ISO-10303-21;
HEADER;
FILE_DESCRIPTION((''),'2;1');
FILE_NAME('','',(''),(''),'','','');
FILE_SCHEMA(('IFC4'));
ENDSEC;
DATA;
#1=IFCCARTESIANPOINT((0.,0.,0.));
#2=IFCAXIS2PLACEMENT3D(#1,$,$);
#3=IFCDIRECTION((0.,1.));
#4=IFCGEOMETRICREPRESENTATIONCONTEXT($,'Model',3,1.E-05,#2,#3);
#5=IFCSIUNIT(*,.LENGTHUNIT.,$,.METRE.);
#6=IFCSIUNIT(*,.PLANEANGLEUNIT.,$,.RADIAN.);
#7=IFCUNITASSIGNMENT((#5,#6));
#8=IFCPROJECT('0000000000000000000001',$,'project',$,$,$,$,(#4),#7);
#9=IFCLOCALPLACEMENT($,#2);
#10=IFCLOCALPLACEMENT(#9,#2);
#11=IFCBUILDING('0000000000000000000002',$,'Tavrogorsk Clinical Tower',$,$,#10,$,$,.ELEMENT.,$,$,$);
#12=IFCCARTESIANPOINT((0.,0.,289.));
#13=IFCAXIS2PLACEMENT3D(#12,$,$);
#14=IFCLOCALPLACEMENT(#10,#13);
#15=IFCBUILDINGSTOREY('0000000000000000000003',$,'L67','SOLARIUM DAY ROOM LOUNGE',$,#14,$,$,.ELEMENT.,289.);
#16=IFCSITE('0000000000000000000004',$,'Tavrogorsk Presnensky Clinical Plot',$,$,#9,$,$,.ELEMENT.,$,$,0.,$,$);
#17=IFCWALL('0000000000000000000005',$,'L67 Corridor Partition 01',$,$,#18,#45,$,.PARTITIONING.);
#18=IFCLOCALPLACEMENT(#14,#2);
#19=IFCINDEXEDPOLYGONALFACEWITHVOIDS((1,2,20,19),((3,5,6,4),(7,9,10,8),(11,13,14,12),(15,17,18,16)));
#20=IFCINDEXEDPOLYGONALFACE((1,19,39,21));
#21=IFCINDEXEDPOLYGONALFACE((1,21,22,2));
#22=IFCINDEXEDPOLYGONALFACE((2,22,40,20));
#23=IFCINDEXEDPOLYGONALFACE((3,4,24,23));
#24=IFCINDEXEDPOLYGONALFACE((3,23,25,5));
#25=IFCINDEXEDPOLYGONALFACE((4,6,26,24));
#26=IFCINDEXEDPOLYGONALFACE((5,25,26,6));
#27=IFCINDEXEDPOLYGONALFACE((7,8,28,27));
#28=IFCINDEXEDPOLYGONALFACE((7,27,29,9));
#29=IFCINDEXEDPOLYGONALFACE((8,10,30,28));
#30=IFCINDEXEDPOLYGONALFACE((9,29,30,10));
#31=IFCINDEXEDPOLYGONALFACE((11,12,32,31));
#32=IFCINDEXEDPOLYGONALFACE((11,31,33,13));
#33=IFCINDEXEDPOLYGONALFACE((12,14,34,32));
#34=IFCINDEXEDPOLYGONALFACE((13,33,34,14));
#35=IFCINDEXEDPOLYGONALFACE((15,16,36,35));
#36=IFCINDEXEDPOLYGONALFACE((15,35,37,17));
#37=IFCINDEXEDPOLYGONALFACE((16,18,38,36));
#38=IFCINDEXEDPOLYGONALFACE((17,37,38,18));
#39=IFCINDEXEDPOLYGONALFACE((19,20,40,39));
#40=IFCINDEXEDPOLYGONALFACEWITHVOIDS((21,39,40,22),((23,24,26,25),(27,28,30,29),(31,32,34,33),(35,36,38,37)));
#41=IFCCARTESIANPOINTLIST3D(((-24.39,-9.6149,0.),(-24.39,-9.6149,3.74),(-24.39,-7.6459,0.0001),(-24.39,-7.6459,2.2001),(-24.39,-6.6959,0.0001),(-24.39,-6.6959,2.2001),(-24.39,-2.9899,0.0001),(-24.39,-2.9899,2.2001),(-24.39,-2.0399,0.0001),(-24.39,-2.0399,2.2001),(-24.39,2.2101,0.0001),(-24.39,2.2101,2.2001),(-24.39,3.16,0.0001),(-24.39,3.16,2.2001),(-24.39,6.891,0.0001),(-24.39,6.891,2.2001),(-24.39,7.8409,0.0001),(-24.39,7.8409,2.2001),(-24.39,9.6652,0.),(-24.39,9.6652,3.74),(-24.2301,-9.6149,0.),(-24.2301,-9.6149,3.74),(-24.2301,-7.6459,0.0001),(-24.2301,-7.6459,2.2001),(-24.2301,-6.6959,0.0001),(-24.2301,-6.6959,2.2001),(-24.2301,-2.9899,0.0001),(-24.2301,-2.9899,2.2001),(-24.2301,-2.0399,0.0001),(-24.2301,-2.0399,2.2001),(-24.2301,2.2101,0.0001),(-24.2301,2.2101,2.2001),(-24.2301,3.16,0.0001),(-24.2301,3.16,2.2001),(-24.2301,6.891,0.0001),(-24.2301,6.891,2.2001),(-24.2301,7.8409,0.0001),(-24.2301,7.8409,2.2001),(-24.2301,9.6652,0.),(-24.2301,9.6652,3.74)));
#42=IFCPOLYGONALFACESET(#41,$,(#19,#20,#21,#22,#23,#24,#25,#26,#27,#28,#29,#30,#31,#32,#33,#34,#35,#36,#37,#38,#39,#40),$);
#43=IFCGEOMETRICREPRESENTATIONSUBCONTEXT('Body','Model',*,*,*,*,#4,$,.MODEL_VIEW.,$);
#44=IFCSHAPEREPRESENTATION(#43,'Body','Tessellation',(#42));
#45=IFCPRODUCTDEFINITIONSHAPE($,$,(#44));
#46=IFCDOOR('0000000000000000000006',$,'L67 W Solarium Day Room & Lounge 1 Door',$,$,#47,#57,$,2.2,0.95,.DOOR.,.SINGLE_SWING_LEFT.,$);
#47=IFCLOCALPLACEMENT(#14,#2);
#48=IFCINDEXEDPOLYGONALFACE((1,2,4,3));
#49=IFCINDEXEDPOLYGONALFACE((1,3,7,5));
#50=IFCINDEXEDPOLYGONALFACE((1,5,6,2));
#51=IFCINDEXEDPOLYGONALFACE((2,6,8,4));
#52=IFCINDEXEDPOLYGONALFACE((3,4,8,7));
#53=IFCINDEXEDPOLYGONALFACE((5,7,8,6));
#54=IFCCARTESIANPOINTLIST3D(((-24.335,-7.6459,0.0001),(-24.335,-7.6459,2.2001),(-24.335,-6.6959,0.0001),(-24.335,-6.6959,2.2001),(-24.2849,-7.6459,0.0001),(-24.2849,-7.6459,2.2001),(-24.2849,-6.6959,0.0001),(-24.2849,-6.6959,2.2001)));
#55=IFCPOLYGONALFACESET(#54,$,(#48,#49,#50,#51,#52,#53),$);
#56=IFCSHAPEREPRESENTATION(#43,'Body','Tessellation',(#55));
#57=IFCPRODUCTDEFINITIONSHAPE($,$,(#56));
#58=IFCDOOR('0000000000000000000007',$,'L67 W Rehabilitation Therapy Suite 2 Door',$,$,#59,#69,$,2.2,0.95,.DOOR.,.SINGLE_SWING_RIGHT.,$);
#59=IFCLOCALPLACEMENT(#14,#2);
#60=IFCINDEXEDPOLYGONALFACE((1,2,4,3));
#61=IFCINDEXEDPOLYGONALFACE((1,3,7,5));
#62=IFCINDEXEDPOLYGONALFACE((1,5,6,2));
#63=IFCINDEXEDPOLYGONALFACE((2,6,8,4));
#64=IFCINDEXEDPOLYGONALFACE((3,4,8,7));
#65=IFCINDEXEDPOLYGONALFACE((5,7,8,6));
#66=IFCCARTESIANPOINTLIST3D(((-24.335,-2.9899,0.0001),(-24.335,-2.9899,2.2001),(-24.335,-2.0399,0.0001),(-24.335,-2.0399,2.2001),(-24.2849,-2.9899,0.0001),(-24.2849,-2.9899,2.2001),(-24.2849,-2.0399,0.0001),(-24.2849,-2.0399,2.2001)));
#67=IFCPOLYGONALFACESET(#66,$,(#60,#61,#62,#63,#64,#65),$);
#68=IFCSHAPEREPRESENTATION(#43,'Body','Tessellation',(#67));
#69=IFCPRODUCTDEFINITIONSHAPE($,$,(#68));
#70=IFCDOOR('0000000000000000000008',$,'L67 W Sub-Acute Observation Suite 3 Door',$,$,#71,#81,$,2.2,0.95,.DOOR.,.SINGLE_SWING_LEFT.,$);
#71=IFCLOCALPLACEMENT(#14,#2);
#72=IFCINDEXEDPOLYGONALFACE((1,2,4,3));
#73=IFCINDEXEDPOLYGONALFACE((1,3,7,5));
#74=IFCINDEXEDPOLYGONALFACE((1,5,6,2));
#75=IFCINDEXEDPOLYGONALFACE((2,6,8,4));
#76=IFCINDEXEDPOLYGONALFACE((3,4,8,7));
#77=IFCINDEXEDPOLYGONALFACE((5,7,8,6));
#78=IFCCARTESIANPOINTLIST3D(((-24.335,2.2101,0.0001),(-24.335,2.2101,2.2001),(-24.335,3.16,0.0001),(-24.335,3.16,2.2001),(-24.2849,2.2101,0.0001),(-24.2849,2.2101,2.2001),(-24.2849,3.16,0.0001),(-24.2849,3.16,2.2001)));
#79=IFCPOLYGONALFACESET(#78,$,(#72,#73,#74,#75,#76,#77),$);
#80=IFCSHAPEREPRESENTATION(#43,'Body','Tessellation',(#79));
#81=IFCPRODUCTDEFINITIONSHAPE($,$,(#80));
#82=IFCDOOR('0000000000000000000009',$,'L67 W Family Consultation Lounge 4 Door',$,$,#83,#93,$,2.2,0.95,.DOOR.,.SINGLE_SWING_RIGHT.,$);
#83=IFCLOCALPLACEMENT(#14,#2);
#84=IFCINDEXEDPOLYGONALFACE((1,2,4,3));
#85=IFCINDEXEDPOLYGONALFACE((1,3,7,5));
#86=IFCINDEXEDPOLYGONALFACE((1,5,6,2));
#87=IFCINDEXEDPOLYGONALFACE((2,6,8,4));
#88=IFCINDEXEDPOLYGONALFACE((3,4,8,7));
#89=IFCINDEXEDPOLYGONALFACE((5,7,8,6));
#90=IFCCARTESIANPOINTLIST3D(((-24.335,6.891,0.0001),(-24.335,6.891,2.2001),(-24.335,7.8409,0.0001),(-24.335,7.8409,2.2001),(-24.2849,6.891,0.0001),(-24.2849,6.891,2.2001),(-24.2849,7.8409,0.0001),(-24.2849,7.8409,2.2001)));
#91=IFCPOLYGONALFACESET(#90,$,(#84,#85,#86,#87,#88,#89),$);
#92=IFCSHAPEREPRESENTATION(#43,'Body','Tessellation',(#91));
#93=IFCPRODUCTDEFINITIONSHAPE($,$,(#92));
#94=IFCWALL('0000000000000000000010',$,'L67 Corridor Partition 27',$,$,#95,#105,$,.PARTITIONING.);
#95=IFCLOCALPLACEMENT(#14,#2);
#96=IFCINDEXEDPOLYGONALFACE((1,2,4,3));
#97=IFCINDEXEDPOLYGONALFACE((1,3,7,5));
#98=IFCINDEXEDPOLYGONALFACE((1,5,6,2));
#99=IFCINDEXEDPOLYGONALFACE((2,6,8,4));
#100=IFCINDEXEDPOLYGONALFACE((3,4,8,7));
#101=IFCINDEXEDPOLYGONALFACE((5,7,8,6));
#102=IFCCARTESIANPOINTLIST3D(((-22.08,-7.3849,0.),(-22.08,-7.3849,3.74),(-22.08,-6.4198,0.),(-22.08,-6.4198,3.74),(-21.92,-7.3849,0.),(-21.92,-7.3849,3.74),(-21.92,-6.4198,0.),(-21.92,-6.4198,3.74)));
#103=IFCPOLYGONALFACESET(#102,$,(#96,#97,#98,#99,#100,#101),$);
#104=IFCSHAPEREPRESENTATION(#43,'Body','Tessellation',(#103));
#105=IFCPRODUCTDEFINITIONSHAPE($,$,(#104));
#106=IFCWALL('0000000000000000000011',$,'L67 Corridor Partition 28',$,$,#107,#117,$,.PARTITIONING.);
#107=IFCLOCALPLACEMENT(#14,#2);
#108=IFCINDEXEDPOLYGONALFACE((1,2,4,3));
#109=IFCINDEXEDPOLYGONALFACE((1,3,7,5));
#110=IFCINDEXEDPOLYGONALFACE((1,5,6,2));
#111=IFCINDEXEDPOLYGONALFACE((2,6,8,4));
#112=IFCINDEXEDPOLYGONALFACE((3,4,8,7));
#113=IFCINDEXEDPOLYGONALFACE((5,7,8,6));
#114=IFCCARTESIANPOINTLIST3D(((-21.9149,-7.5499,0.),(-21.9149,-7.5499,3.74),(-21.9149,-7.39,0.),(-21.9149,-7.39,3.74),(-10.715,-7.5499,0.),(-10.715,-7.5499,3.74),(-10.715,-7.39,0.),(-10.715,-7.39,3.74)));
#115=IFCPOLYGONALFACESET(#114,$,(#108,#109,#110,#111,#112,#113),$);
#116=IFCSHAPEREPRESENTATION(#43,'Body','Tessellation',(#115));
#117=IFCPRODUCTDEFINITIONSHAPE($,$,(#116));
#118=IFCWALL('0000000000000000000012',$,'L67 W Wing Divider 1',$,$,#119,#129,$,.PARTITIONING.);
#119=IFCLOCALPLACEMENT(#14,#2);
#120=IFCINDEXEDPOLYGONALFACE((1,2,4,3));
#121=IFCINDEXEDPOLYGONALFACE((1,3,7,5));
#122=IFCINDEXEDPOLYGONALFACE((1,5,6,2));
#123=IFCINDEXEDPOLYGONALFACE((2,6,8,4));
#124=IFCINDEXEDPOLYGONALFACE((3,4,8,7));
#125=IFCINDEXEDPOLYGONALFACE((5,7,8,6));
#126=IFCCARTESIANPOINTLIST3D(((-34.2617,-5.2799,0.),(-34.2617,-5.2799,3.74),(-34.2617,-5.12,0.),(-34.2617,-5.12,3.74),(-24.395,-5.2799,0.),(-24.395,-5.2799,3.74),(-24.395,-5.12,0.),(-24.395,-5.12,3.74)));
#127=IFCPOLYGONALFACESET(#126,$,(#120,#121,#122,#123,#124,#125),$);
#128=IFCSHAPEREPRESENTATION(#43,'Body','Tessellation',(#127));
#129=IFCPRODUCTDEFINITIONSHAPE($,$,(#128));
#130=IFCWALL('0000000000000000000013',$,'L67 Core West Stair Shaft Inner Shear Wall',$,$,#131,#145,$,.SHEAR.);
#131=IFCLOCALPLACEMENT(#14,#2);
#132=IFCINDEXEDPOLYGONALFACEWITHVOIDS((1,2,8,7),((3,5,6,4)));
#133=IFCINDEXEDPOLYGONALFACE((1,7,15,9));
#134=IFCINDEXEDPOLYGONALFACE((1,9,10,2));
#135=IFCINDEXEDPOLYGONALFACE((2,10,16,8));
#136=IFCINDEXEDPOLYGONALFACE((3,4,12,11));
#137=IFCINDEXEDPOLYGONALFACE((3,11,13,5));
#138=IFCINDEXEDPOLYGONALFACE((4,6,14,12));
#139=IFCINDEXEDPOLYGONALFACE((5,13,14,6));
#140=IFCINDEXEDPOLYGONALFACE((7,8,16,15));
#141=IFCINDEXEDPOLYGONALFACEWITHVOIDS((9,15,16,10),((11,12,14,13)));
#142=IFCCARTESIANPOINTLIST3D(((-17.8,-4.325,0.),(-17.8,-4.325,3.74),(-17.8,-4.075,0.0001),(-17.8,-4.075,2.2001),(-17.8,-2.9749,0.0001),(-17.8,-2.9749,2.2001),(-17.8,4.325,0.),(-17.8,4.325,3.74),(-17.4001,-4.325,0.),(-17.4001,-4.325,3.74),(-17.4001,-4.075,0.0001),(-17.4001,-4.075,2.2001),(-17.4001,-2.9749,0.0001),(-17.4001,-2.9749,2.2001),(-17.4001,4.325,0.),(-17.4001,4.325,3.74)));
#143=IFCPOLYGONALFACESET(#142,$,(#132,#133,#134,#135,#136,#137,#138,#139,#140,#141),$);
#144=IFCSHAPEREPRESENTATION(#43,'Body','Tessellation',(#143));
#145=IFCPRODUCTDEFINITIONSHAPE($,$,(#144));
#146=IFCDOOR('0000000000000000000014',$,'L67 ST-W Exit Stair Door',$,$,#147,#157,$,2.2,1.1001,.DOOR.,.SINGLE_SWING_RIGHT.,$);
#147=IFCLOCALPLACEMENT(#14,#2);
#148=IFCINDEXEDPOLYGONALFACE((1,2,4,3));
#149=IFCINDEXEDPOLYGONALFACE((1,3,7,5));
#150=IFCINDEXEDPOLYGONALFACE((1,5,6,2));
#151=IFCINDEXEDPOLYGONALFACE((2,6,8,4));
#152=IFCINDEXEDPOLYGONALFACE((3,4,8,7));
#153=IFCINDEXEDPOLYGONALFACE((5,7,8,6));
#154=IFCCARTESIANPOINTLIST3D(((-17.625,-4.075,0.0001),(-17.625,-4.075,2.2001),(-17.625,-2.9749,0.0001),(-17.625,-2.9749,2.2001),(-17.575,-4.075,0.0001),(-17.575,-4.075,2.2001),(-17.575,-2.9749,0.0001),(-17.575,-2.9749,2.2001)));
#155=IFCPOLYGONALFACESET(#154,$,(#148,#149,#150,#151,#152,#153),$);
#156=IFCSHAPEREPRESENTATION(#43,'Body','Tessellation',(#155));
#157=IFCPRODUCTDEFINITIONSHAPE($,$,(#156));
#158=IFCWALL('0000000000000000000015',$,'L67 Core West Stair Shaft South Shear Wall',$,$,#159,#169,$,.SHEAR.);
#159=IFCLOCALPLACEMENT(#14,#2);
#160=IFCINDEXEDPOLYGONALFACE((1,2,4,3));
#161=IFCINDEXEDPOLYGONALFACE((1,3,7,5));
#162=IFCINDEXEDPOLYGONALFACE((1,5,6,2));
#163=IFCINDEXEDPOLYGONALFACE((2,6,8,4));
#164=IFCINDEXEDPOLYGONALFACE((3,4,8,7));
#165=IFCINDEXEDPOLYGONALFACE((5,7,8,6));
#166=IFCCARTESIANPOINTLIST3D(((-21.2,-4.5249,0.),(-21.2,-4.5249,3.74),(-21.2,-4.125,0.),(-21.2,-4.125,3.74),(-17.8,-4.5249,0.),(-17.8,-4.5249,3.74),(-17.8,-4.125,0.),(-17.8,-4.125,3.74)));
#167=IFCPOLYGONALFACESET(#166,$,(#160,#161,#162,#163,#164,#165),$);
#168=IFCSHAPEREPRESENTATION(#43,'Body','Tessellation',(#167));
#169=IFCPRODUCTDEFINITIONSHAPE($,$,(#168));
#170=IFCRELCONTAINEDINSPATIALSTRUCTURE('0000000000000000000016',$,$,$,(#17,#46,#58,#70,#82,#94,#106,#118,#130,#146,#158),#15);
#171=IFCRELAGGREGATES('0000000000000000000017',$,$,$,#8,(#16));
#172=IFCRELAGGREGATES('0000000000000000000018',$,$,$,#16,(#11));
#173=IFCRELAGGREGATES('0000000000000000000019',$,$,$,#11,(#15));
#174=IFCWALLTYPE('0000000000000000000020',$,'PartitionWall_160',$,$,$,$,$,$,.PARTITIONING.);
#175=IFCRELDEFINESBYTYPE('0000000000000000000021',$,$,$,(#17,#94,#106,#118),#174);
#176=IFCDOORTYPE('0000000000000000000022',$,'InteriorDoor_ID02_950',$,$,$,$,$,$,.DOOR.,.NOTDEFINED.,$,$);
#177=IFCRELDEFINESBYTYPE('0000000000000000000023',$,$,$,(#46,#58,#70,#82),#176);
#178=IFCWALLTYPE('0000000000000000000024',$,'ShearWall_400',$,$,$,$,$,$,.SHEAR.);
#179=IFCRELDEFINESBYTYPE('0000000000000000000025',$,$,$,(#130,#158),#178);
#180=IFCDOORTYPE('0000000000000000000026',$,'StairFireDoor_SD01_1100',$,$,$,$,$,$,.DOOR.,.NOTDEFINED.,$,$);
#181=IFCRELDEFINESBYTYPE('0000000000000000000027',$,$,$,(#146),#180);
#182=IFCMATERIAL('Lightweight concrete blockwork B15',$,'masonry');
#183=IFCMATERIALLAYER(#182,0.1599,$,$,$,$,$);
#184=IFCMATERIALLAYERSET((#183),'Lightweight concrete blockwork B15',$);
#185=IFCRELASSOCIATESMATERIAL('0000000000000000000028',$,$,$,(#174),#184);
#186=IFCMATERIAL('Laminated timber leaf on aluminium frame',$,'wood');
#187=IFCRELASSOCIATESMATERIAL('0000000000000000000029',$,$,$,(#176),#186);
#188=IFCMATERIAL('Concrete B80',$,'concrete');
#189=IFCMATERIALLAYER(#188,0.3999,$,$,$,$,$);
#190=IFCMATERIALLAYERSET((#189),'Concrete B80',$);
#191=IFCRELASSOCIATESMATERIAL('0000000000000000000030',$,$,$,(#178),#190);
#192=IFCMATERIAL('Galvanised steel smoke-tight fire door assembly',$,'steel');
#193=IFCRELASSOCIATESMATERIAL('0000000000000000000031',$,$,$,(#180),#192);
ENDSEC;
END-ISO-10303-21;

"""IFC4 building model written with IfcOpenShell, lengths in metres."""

from ifc_helpers import new_model, si_unit, direction, frame, frame_2d, origin, place, context, subcontext, project, spatial, rectangle, extrude, material, layer, layer_set, type_object, element, fill, save


model = new_model("IFC4")

# Units and contexts
model_context = context("Model", 3, precision=1e-05, world=origin(), true_north=direction((0.0, 1.0)))
body_context = subcontext(model_context, "Body", "Model", "MODEL_VIEW")
ifc_project = project(units=[si_unit("LENGTHUNIT", "METRE"), si_unit("PLANEANGLEUNIT", "RADIAN")], contexts=[model_context])

# Site, building, storey
site_placement = place(None, origin())
site = spatial("IfcSite", under=ifc_project, at=site_placement, Name="Tavrogorsk Presnensky Clinical Plot", CompositionType="ELEMENT", RefElevation=0.0)
building_placement = place(site_placement, origin())
building = spatial("IfcBuilding", under=site, at=building_placement, Name="Tavrogorsk Clinical Tower", CompositionType="ELEMENT")
storey_placement = place(building_placement, frame((0.0, 0.0, 289.0)))
storey = spatial("IfcBuildingStorey", under=building, at=storey_placement, Name="L67", Description="SOLARIUM DAY ROOM LOUNGE", CompositionType="ELEMENT", Elevation=289.0)

# Wall, openings, doors
ifc_material_1 = material(Name="Lightweight concrete blockwork B15", Category="masonry")
ifc_layer_1 = layer(ifc_material_1, 0.1599)
ifc_layer_set_1 = layer_set([ifc_layer_1], Name="Lightweight concrete blockwork B15")
wall_type_1 = type_object("IfcWallType", Name="PartitionWall_160", PredefinedType="PARTITIONING", material=ifc_layer_set_1)
wall_1_placement = place(storey_placement, frame((-24.3101, -9.615, 0.0), z_axis=(0.0, 0.0, 1.0), x_axis=(0.0, 1.0, 0.0)))
wall_1 = element("IfcWall", 1, at=wall_1_placement, inside=storey, type_object=wall_type_1, Name="L67 Corridor Partition 01", PredefinedType="PARTITIONING", context=body_context, shape_type="SweptSolid", body=[
    extrude(rectangle(XDim=19.28, YDim=0.1599, at=frame_2d((9.6401, 0.0))), origin(), (0.0, 0.0, 1.0), 3.74),
])
opening_1_placement = place(wall_1_placement, frame((1.969, 0.0, 0.0)))
opening_1 = element("IfcOpeningElement", 2, at=opening_1_placement, cuts=wall_1, PredefinedType="OPENING", context=body_context, shape_type="SweptSolid", body=[
    extrude(rectangle(XDim=0.95, YDim=2.2, at=frame_2d((0.4751, 1.1001))), frame((0.0, 0.0898, 0.0), z_axis=(0.0, -1.0, 0.0), x_axis=(1.0, 0.0, 0.0)), (0.0, 0.0, 1.0), 0.1799),
])
opening_2_placement = place(wall_1_placement, frame((6.625, 0.0, 0.0)))
opening_2 = element("IfcOpeningElement", 3, at=opening_2_placement, cuts=wall_1, PredefinedType="OPENING", context=body_context, shape_type="SweptSolid", body=[
    extrude(rectangle(XDim=0.95, YDim=2.2, at=frame_2d((0.4751, 1.1001))), frame((0.0, 0.0898, 0.0), z_axis=(0.0, -1.0, 0.0), x_axis=(1.0, 0.0, 0.0)), (0.0, 0.0, 1.0), 0.1799),
])
opening_3_placement = place(wall_1_placement, frame((11.825, 0.0, 0.0)))
opening_3 = element("IfcOpeningElement", 4, at=opening_3_placement, cuts=wall_1, PredefinedType="OPENING", context=body_context, shape_type="SweptSolid", body=[
    extrude(rectangle(XDim=0.95, YDim=2.2, at=frame_2d((0.4751, 1.1001))), frame((0.0, 0.0898, 0.0), z_axis=(0.0, -1.0, 0.0), x_axis=(1.0, 0.0, 0.0)), (0.0, 0.0, 1.0), 0.1799),
])
opening_4_placement = place(wall_1_placement, frame((16.5059, 0.0, 0.0)))
opening_4 = element("IfcOpeningElement", 5, at=opening_4_placement, cuts=wall_1, PredefinedType="OPENING", context=body_context, shape_type="SweptSolid", body=[
    extrude(rectangle(XDim=0.95, YDim=2.2, at=frame_2d((0.4751, 1.1001))), frame((0.0, 0.0898, 0.0), z_axis=(0.0, -1.0, 0.0), x_axis=(1.0, 0.0, 0.0)), (0.0, 0.0, 1.0), 0.1799),
])
ifc_material_2 = material(Name="Laminated timber leaf on aluminium frame", Category="wood")
door_type_1 = type_object("IfcDoorType", Name="InteriorDoor_ID02_950", OperationType="NOTDEFINED", PredefinedType="DOOR", material=ifc_material_2)
door_1_placement = place(opening_1_placement, origin())
door_1 = element("IfcDoor", 6, at=door_1_placement, inside=storey, type_object=door_type_1, Name="L67 W Solarium Day Room & Lounge 1 Door", OperationType="SINGLE_SWING_LEFT", OverallHeight=2.2, OverallWidth=0.95, PredefinedType="DOOR", context=body_context, shape_type="SweptSolid", body=[
    extrude(rectangle(XDim=0.95, YDim=2.2, at=frame_2d((0.4751, 1.1001))), frame((0.0, 0.0249, 0.0), z_axis=(0.0, -1.0, 0.0), x_axis=(1.0, 0.0, 0.0)), (0.0, 0.0, 1.0), 0.05),
])
fill(opening_1, door_1)
door_2_placement = place(opening_2_placement, origin())
door_2 = element("IfcDoor", 7, at=door_2_placement, inside=storey, type_object=door_type_1, Name="L67 W Rehabilitation Therapy Suite 2 Door", OperationType="SINGLE_SWING_RIGHT", OverallHeight=2.2, OverallWidth=0.95, PredefinedType="DOOR", context=body_context, shape_type="SweptSolid", body=[
    extrude(rectangle(XDim=0.95, YDim=2.2, at=frame_2d((0.4751, 1.1001))), frame((0.0, 0.0249, 0.0), z_axis=(0.0, -1.0, 0.0), x_axis=(1.0, 0.0, 0.0)), (0.0, 0.0, 1.0), 0.05),
])
fill(opening_2, door_2)
door_3_placement = place(opening_3_placement, origin())
door_3 = element("IfcDoor", 8, at=door_3_placement, inside=storey, type_object=door_type_1, Name="L67 W Sub-Acute Observation Suite 3 Door", OperationType="SINGLE_SWING_LEFT", OverallHeight=2.2, OverallWidth=0.95, PredefinedType="DOOR", context=body_context, shape_type="SweptSolid", body=[
    extrude(rectangle(XDim=0.95, YDim=2.2, at=frame_2d((0.4751, 1.1001))), frame((0.0, 0.0249, 0.0), z_axis=(0.0, -1.0, 0.0), x_axis=(1.0, 0.0, 0.0)), (0.0, 0.0, 1.0), 0.05),
])
fill(opening_3, door_3)
door_4_placement = place(opening_4_placement, origin())
door_4 = element("IfcDoor", 9, at=door_4_placement, inside=storey, type_object=door_type_1, Name="L67 W Family Consultation Lounge 4 Door", OperationType="SINGLE_SWING_RIGHT", OverallHeight=2.2, OverallWidth=0.95, PredefinedType="DOOR", context=body_context, shape_type="SweptSolid", body=[
    extrude(rectangle(XDim=0.95, YDim=2.2, at=frame_2d((0.4751, 1.1001))), frame((0.0, 0.0249, 0.0), z_axis=(0.0, -1.0, 0.0), x_axis=(1.0, 0.0, 0.0)), (0.0, 0.0, 1.0), 0.05),
])
fill(opening_4, door_4)

# Walls
wall_2_placement = place(storey_placement, frame((-22.0, -6.4199, 0.0), z_axis=(0.0, 0.0, 1.0), x_axis=(0.0, -1.0, 0.0)))
element("IfcWall", 10, at=wall_2_placement, inside=storey, type_object=wall_type_1, Name="L67 Corridor Partition 27", PredefinedType="PARTITIONING", context=body_context, shape_type="SweptSolid", body=[
    extrude(rectangle(XDim=0.9651, YDim=0.1599, at=frame_2d((0.4824, 0.0))), origin(), (0.0, 0.0, 1.0), 3.74),
])
wall_3_placement = place(storey_placement, frame((-21.915, -7.47, 0.0), z_axis=(0.0, 0.0, 1.0), x_axis=(1.0, 0.0, 0.0)))
element("IfcWall", 11, at=wall_3_placement, inside=storey, type_object=wall_type_1, Name="L67 Corridor Partition 28", PredefinedType="PARTITIONING", context=body_context, shape_type="SweptSolid", body=[
    extrude(rectangle(XDim=11.2, YDim=0.1599, at=frame_2d((5.6001, 0.0))), origin(), (0.0, 0.0, 1.0), 3.74),
])
wall_4_placement = place(storey_placement, frame((-34.2617, -5.2, 0.0), z_axis=(0.0, 0.0, 1.0), x_axis=(1.0, 0.0, 0.0)))
element("IfcWall", 12, at=wall_4_placement, inside=storey, type_object=wall_type_1, Name="L67 W Wing Divider 1", PredefinedType="PARTITIONING", context=body_context, shape_type="SweptSolid", body=[
    extrude(rectangle(XDim=9.8667, YDim=0.1599, at=frame_2d((4.9333, 0.0))), origin(), (0.0, 0.0, 1.0), 3.74),
])

# Wall, opening, door
ifc_material_3 = material(Name="Concrete B80", Category="concrete")
ifc_layer_2 = layer(ifc_material_3, 0.3999)
ifc_layer_set_2 = layer_set([ifc_layer_2], Name="Concrete B80")
wall_type_2 = type_object("IfcWallType", Name="ShearWall_400", PredefinedType="SHEAR", material=ifc_layer_set_2)
wall_5_placement = place(storey_placement, frame((-17.6001, -4.325, 0.0), z_axis=(0.0, 0.0, 1.0), x_axis=(0.0, 1.0, 0.0)))
wall_5 = element("IfcWall", 13, at=wall_5_placement, inside=storey, type_object=wall_type_2, Name="L67 Core West Stair Shaft Inner Shear Wall", PredefinedType="SHEAR", context=body_context, shape_type="SweptSolid", body=[
    extrude(rectangle(XDim=8.6499, YDim=0.3999, at=frame_2d((4.325, 0.0))), origin(), (0.0, 0.0, 1.0), 3.74),
])
opening_5_placement = place(wall_5_placement, frame((0.25, 0.0, 0.0)))
opening_5 = element("IfcOpeningElement", 14, at=opening_5_placement, cuts=wall_5, PredefinedType="OPENING", context=body_context, shape_type="SweptSolid", body=[
    extrude(rectangle(XDim=1.1001, YDim=2.2, at=frame_2d((0.55, 1.1001))), frame((0.0, 0.21, 0.0), z_axis=(0.0, -1.0, 0.0), x_axis=(1.0, 0.0, 0.0)), (0.0, 0.0, 1.0), 0.4199),
])
ifc_material_4 = material(Name="Galvanised steel smoke-tight fire door assembly", Category="steel")
door_type_2 = type_object("IfcDoorType", Name="StairFireDoor_SD01_1100", OperationType="NOTDEFINED", PredefinedType="DOOR", material=ifc_material_4)
door_5_placement = place(opening_5_placement, origin())
door_5 = element("IfcDoor", 15, at=door_5_placement, inside=storey, type_object=door_type_2, Name="L67 ST-W Exit Stair Door", OperationType="SINGLE_SWING_RIGHT", OverallHeight=2.2, OverallWidth=1.1001, PredefinedType="DOOR", context=body_context, shape_type="SweptSolid", body=[
    extrude(rectangle(XDim=1.1001, YDim=2.2, at=frame_2d((0.55, 1.1001))), frame((0.0, 0.0249, 0.0), z_axis=(0.0, -1.0, 0.0), x_axis=(1.0, 0.0, 0.0)), (0.0, 0.0, 1.0), 0.05),
])
fill(opening_5, door_5)

# Wall
wall_6_placement = place(storey_placement, frame((-21.2, -4.325, 0.0), z_axis=(0.0, 0.0, 1.0), x_axis=(1.0, 0.0, 0.0)))
element("IfcWall", 16, at=wall_6_placement, inside=storey, type_object=wall_type_2, Name="L67 Core West Stair Shaft South Shear Wall", PredefinedType="SHEAR", context=body_context, shape_type="SweptSolid", body=[
    extrude(rectangle(XDim=3.3999, YDim=0.3999, at=frame_2d((1.7, 0.0))), origin(), (0.0, 0.0, 1.0), 3.74),
])

save(model, "model.ifc")
